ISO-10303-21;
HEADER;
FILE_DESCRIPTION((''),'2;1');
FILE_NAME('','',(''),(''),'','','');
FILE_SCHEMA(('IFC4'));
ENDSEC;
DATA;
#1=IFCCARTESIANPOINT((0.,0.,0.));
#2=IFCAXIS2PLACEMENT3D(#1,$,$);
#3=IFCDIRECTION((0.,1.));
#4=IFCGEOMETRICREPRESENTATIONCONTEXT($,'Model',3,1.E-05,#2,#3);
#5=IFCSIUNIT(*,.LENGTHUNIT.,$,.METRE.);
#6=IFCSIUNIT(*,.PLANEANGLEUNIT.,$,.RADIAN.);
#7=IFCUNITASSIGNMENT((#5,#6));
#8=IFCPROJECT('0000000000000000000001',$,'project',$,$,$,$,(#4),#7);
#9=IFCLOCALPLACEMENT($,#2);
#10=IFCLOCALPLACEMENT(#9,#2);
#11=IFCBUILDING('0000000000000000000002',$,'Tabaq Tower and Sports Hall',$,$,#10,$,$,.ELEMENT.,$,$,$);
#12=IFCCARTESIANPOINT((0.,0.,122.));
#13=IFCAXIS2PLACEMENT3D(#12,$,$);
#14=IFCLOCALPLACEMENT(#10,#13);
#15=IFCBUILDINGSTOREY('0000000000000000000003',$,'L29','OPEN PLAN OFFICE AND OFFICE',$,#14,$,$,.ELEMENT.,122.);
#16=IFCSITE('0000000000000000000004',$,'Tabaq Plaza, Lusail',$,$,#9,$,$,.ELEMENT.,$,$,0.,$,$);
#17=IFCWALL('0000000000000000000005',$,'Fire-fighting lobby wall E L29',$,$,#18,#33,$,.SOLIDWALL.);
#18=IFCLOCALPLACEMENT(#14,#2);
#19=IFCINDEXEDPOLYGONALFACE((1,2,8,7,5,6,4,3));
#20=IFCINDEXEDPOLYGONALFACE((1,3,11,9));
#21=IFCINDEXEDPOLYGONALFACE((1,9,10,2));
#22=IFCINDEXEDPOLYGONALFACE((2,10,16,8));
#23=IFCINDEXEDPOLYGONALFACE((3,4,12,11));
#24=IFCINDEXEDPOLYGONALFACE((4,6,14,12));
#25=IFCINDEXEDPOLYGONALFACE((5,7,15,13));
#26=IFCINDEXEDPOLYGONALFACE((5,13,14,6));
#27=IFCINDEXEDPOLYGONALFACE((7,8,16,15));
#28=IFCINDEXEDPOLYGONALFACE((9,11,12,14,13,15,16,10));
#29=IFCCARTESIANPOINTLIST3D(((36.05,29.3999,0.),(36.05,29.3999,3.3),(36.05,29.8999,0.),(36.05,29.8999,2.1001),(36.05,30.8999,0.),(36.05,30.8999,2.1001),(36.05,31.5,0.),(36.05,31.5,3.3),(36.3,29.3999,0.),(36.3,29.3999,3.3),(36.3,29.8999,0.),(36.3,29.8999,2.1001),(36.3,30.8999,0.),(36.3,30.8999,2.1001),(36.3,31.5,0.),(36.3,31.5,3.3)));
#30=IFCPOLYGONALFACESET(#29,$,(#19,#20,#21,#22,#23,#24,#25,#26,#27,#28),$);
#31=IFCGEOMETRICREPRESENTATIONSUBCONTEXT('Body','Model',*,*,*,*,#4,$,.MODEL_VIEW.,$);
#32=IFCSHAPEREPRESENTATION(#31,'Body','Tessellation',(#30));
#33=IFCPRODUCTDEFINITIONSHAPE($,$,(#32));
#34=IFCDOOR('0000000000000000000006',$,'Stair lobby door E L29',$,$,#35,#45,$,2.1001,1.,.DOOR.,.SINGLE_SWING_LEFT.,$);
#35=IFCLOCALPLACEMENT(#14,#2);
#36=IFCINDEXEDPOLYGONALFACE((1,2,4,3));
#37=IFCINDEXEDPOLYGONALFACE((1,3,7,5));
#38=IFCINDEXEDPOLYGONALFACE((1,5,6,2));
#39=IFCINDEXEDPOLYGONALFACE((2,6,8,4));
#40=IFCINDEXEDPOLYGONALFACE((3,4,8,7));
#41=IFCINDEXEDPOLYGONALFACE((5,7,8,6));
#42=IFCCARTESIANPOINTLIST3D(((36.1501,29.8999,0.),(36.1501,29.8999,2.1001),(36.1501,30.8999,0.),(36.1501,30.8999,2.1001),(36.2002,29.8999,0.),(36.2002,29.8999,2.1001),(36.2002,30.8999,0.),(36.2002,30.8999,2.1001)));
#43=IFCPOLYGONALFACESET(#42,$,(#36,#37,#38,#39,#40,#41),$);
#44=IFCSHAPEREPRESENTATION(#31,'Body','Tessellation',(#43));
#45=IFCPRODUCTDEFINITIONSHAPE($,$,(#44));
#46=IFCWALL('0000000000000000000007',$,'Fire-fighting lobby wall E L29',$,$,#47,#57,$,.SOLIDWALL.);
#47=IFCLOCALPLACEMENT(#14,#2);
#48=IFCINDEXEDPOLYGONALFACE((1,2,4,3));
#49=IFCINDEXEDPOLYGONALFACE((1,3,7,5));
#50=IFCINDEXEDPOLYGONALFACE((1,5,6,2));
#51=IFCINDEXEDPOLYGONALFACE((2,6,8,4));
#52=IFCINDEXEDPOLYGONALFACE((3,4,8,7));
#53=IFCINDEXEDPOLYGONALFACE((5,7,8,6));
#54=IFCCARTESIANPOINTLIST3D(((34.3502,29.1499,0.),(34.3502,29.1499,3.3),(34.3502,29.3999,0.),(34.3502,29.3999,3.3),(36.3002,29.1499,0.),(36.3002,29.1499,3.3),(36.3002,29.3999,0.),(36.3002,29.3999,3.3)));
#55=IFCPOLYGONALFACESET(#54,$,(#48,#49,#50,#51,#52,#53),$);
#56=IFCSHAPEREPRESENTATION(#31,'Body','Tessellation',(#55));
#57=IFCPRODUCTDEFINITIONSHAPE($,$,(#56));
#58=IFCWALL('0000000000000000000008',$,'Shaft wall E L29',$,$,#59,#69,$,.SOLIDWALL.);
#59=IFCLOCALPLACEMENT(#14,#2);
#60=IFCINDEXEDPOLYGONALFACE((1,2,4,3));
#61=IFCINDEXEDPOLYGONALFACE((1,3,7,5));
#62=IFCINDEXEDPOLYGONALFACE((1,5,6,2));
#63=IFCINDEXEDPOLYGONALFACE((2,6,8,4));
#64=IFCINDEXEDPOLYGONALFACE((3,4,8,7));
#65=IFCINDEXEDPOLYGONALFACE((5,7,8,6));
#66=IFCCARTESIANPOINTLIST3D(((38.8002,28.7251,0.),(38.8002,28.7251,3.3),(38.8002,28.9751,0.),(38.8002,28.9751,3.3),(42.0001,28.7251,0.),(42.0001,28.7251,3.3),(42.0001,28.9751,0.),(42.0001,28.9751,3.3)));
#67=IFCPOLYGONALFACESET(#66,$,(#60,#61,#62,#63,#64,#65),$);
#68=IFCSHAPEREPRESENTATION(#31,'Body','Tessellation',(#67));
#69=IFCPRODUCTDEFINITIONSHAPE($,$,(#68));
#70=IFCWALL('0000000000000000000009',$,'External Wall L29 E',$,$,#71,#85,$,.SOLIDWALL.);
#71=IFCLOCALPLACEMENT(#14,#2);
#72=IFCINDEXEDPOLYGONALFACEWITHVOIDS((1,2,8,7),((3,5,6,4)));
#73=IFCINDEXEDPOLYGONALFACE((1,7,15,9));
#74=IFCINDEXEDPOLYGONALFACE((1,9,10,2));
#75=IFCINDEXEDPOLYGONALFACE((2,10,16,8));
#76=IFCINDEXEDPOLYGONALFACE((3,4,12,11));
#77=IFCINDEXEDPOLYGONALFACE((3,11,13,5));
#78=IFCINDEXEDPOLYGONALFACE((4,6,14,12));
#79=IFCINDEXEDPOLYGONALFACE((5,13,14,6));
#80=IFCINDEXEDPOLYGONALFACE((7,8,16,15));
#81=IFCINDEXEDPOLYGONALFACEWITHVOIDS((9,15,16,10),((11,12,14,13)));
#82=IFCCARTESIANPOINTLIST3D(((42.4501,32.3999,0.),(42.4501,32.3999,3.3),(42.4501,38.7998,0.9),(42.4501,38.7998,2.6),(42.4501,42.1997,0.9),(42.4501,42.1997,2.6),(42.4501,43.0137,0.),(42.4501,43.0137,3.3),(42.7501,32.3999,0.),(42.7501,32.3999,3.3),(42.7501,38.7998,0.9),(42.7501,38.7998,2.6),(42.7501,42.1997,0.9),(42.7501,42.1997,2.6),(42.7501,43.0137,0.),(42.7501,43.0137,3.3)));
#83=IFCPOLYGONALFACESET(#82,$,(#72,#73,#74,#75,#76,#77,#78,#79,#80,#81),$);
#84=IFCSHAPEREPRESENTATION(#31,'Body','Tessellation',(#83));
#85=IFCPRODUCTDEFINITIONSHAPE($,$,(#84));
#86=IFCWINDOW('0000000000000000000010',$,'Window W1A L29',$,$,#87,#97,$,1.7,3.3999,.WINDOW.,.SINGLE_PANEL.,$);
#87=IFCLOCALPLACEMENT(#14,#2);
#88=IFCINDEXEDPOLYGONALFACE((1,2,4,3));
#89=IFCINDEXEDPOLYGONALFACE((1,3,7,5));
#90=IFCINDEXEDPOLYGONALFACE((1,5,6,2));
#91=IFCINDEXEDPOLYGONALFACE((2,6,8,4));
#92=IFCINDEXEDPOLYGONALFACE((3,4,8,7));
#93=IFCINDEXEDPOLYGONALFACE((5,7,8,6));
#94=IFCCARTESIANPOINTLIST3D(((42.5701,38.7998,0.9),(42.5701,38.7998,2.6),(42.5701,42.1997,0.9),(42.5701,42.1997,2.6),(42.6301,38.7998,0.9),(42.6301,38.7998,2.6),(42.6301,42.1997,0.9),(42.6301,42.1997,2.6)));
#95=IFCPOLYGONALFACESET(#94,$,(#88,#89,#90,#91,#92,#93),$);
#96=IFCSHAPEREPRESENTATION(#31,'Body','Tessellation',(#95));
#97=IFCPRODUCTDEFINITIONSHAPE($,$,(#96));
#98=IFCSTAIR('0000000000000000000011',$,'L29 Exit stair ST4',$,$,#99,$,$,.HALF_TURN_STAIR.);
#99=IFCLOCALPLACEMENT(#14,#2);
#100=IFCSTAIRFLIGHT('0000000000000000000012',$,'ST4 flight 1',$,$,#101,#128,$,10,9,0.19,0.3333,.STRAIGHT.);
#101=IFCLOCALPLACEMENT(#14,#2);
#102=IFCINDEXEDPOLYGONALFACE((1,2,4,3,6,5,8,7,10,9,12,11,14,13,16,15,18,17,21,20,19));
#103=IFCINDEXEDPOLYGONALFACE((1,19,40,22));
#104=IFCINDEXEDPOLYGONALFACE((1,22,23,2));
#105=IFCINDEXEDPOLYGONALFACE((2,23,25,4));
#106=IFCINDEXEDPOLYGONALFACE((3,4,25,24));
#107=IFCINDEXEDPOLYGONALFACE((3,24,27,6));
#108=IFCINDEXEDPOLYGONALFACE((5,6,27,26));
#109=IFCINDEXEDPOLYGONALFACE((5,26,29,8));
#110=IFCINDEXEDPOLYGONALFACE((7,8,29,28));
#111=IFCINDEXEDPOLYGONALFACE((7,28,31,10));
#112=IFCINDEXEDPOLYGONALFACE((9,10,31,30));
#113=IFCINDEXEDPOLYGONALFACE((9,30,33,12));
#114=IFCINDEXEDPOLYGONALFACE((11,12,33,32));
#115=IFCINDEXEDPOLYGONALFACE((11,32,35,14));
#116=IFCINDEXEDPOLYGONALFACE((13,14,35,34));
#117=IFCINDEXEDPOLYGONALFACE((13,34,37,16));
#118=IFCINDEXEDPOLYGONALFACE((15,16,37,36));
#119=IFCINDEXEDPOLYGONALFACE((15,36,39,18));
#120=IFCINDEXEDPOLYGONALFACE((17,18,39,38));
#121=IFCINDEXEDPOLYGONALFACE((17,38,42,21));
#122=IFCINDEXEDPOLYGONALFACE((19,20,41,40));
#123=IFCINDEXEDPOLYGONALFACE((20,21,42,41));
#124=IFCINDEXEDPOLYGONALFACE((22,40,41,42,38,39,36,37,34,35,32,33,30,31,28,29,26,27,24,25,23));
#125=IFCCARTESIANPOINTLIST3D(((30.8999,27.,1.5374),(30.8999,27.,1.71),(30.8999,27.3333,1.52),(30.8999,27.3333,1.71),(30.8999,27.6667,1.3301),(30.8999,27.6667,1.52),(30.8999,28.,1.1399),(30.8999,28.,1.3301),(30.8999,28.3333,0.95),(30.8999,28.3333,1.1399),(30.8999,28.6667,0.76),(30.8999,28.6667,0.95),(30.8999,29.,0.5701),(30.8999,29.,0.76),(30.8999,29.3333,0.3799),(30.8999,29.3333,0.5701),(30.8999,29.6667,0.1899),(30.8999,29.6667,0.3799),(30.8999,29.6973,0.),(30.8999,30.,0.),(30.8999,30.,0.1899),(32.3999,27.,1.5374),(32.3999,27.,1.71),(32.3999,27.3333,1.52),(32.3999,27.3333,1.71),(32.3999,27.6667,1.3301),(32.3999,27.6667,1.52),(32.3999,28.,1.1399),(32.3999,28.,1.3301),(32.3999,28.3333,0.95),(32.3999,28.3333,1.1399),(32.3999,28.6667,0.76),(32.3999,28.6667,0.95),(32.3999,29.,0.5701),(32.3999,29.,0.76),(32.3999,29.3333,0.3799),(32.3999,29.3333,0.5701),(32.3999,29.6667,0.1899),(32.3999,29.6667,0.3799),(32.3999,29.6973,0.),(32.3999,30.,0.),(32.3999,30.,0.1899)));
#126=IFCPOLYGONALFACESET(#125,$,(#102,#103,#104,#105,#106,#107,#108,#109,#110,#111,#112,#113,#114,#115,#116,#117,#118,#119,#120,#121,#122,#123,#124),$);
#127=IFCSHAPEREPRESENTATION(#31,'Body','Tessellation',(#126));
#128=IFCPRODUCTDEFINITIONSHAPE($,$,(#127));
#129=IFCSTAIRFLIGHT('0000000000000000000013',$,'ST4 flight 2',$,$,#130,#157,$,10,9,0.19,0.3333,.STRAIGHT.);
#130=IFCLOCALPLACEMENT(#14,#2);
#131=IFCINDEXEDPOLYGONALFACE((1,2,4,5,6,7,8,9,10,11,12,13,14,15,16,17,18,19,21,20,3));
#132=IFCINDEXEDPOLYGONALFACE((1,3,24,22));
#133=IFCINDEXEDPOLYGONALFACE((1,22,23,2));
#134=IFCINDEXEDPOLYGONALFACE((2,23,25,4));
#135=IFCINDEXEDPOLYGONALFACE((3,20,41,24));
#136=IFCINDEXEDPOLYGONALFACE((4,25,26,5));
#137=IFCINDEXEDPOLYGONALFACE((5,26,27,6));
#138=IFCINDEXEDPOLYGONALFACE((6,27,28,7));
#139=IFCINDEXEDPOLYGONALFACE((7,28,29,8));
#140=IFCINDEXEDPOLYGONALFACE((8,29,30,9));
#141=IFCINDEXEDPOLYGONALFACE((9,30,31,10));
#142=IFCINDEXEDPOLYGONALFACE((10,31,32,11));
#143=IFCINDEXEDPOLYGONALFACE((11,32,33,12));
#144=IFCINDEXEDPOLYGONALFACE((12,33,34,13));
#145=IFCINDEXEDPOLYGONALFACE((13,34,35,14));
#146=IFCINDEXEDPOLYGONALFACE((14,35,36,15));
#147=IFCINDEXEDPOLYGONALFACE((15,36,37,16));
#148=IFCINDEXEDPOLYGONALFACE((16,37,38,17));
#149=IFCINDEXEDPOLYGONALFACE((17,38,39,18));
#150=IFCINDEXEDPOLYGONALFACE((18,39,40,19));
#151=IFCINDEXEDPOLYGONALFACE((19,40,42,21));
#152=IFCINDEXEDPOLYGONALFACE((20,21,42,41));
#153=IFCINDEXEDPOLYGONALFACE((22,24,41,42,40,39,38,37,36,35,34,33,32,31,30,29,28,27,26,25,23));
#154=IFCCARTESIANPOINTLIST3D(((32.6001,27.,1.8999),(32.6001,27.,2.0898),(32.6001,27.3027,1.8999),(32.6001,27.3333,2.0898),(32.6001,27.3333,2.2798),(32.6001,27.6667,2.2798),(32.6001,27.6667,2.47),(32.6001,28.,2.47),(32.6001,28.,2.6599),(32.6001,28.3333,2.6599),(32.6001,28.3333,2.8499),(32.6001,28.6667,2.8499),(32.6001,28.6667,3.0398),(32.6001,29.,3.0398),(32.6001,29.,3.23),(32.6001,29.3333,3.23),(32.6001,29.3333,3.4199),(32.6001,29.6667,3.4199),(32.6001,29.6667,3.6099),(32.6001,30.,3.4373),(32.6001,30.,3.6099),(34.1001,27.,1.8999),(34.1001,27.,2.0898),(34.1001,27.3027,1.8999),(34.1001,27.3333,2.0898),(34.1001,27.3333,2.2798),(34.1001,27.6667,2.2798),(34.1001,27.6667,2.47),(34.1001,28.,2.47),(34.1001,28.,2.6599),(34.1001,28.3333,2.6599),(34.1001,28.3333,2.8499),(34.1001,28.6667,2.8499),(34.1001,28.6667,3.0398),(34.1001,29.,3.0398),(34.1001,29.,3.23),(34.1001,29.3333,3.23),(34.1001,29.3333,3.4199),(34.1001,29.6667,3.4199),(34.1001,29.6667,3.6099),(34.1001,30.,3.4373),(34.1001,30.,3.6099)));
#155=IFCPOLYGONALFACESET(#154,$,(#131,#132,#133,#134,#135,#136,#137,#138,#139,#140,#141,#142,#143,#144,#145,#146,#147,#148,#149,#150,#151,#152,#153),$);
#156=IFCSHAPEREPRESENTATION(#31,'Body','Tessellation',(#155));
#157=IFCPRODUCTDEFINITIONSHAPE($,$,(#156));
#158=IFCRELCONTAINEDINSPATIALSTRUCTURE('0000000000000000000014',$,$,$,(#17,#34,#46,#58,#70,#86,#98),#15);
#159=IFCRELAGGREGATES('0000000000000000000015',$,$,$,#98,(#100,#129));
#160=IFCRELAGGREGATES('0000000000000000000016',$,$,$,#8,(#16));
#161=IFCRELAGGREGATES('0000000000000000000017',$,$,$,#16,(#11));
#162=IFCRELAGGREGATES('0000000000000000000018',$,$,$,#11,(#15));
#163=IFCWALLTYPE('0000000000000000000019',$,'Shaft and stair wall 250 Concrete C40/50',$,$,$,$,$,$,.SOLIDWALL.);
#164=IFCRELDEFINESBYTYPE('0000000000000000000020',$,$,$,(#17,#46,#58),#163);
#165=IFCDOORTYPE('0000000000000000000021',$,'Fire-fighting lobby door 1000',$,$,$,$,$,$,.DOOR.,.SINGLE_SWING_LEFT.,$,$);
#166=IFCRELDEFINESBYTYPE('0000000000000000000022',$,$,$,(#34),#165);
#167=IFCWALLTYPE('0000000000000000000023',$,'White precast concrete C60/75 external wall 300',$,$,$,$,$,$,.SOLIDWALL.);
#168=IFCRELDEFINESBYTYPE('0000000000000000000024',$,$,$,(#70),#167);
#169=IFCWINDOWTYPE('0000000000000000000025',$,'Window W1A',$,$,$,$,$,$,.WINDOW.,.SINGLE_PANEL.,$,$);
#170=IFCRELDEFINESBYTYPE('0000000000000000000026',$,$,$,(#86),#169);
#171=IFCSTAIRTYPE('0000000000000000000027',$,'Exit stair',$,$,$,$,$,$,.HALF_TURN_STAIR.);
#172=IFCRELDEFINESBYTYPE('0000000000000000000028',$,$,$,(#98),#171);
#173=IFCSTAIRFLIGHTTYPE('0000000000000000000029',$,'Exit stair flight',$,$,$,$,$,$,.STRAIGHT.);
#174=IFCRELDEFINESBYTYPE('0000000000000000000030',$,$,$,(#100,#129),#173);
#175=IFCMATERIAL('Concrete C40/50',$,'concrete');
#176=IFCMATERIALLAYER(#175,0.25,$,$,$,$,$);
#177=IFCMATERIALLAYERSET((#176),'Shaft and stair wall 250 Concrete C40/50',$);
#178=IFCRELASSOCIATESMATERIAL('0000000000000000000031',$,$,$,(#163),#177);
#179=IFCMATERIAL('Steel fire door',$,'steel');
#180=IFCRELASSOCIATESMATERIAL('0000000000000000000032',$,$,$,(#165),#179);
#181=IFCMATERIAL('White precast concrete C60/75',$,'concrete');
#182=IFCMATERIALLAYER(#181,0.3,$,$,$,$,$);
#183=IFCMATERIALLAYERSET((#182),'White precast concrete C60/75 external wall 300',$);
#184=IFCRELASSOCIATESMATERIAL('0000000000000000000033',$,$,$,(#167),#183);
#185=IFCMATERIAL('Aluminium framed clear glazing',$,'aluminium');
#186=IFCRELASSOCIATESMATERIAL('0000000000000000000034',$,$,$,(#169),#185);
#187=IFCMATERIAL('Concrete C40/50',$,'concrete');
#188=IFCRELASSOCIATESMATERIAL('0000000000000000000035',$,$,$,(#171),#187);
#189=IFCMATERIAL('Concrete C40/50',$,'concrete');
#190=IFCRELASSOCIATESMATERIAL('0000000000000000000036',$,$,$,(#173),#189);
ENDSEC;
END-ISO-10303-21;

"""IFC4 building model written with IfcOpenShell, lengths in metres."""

from ifc_helpers import new_model, si_unit, direction, frame, frame_2d, origin, place, context, subcontext, project, spatial, polyline, rectangle, outline, extrude, material, layer, layer_set, type_object, element, fill, aggregate, save


model = new_model("IFC4")

# Units and contexts
model_context = context("Model", 3, precision=1e-05, world=origin(), true_north=direction((0.0, 1.0)))
body_context = subcontext(model_context, "Body", "Model", "MODEL_VIEW")
ifc_project = project(units=[si_unit("LENGTHUNIT", "METRE"), si_unit("PLANEANGLEUNIT", "RADIAN")], contexts=[model_context])

# Site, building, storey
site_placement = place(None, origin())
site = spatial("IfcSite", under=ifc_project, at=site_placement, Name="Tabaq Plaza, Lusail", CompositionType="ELEMENT", RefElevation=0.0)
building_placement = place(site_placement, origin())
building = spatial("IfcBuilding", under=site, at=building_placement, Name="Tabaq Tower and Sports Hall", CompositionType="ELEMENT")
storey_placement = place(building_placement, frame((0.0, 0.0, 122.0)))
storey = spatial("IfcBuildingStorey", under=building, at=storey_placement, Name="L29", Description="OPEN PLAN OFFICE AND OFFICE", CompositionType="ELEMENT", Elevation=122.0)

# Shared definitions
ifc_material_1 = material(Name="Concrete C40/50", Category="concrete")
ifc_layer_1 = layer(ifc_material_1, 0.25)
ifc_layer_set_1 = layer_set([ifc_layer_1], Name="Shaft and stair wall 250 Concrete C40/50")
wall_type_1 = type_object("IfcWallType", Name="Shaft and stair wall 250 Concrete C40/50", PredefinedType="SOLIDWALL", material=ifc_layer_set_1)

# Wall, opening, door
wall_1_placement = place(storey_placement, frame((36.175, 29.3999, 0.0), z_axis=(0.0, 0.0, 1.0), x_axis=(0.0, 1.0, 0.0)))
wall_1 = element("IfcWall", 1, at=wall_1_placement, inside=storey, type_object=wall_type_1, Name="Fire-fighting lobby wall E L29", PredefinedType="SOLIDWALL", context=body_context, shape_type="SweptSolid", body=[
    extrude(rectangle(XDim=2.1001, YDim=0.25, at=frame_2d((1.05, 0.0))), origin(), (0.0, 0.0, 1.0), 3.3),
])
opening_1_placement = place(wall_1_placement, frame((0.5, 0.0, 0.0)))
opening_1 = element("IfcOpeningElement", 2, at=opening_1_placement, cuts=wall_1, PredefinedType="OPENING", context=body_context, shape_type="SweptSolid", body=[
    extrude(rectangle(XDim=1.0, YDim=2.1001, at=frame_2d((0.5, 1.05))), frame((0.0, 0.125, 0.0), z_axis=(0.0, -1.0, 0.0), x_axis=(1.0, 0.0, 0.0)), (0.0, 0.0, 1.0), 0.25),
])
ifc_material_2 = material(Name="Steel fire door", Category="steel")
door_type_1 = type_object("IfcDoorType", Name="Fire-fighting lobby door 1000", OperationType="SINGLE_SWING_LEFT", PredefinedType="DOOR", material=ifc_material_2)
door_1_placement = place(opening_1_placement, origin())
door_1 = element("IfcDoor", 3, at=door_1_placement, inside=storey, type_object=door_type_1, Name="Stair lobby door E L29", OperationType="SINGLE_SWING_LEFT", OverallHeight=2.1001, OverallWidth=1.0, PredefinedType="DOOR", context=body_context, shape_type="SweptSolid", body=[
    extrude(rectangle(XDim=1.0, YDim=2.1001, at=frame_2d((0.5, 1.05))), frame((0.0, 0.0249, 0.0), z_axis=(0.0, -1.0, 0.0), x_axis=(1.0, 0.0, 0.0)), (0.0, 0.0, 1.0), 0.05),
])
fill(opening_1, door_1)

# Walls
wall_2_placement = place(storey_placement, frame((34.3501, 29.2749, 0.0), z_axis=(0.0, 0.0, 1.0), x_axis=(1.0, 0.0, 0.0)))
element("IfcWall", 4, at=wall_2_placement, inside=storey, type_object=wall_type_1, Name="Fire-fighting lobby wall E L29", PredefinedType="SOLIDWALL", context=body_context, shape_type="SweptSolid", body=[
    extrude(rectangle(XDim=1.95, YDim=0.25, at=frame_2d((0.9751, 0.0))), origin(), (0.0, 0.0, 1.0), 3.3),
])
wall_3_placement = place(storey_placement, frame((38.8, 28.8501, 0.0), z_axis=(0.0, 0.0, 1.0), x_axis=(1.0, 0.0, 0.0)))
element("IfcWall", 5, at=wall_3_placement, inside=storey, type_object=wall_type_1, Name="Shaft wall E L29", PredefinedType="SOLIDWALL", context=body_context, shape_type="SweptSolid", body=[
    extrude(rectangle(XDim=3.2, YDim=0.25, at=frame_2d((1.6001, 0.0))), origin(), (0.0, 0.0, 1.0), 3.3),
])

# Wall, opening, window
ifc_material_3 = material(Name="White precast concrete C60/75", Category="concrete")
ifc_layer_2 = layer(ifc_material_3, 0.3)
ifc_layer_set_2 = layer_set([ifc_layer_2], Name="White precast concrete C60/75 external wall 300")
wall_type_2 = type_object("IfcWallType", Name="White precast concrete C60/75 external wall 300", PredefinedType="SOLIDWALL", material=ifc_layer_set_2)
wall_4_placement = place(storey_placement, frame((42.6001, 32.3999, 0.0), z_axis=(0.0, 0.0, 1.0), x_axis=(0.0, 1.0, 0.0)))
wall_4 = element("IfcWall", 6, at=wall_4_placement, inside=storey, type_object=wall_type_2, Name="External Wall L29 E", PredefinedType="SOLIDWALL", context=body_context, shape_type="SweptSolid", body=[
    extrude(rectangle(XDim=10.6138, YDim=0.3, at=frame_2d((5.3069, 0.0))), origin(), (0.0, 0.0, 1.0), 3.3),
])
opening_2_placement = place(wall_4_placement, frame((6.3999, 0.0, 0.8999)))
opening_2 = element("IfcOpeningElement", 7, at=opening_2_placement, cuts=wall_4, PredefinedType="OPENING", context=body_context, shape_type="SweptSolid", body=[
    extrude(rectangle(XDim=3.3999, YDim=1.7, at=frame_2d((1.7, 0.8501))), frame((0.0, 0.1602, 0.0), z_axis=(0.0, -1.0, 0.0), x_axis=(1.0, 0.0, 0.0)), (0.0, 0.0, 1.0), 0.3201),
])
ifc_material_4 = material(Name="Aluminium framed clear glazing", Category="aluminium")
window_type = type_object("IfcWindowType", Name="Window W1A", PartitioningType="SINGLE_PANEL", PredefinedType="WINDOW", material=ifc_material_4)
window_placement = place(opening_2_placement, origin())
window = element("IfcWindow", 8, at=window_placement, inside=storey, type_object=window_type, Name="Window W1A L29", OverallHeight=1.7, OverallWidth=3.3999, PartitioningType="SINGLE_PANEL", PredefinedType="WINDOW", context=body_context, shape_type="SweptSolid", body=[
    extrude(rectangle(XDim=3.3999, YDim=1.7, at=frame_2d((1.7, 0.8501))), frame((0.0, 0.03, 0.0), z_axis=(0.0, -1.0, 0.0), x_axis=(1.0, 0.0, 0.0)), (0.0, 0.0, 1.0), 0.0601),
])
fill(opening_2, window)

# Stair, stair flights
ifc_material_5 = material(Name="Concrete C40/50", Category="concrete")
stair_type = type_object("IfcStairType", Name="Exit stair", PredefinedType="HALF_TURN_STAIR", material=ifc_material_5)
stair_placement = place(storey_placement, origin())
stair = element("IfcStair", 9, at=stair_placement, inside=storey, type_object=stair_type, Name="L29 Exit stair ST4", PredefinedType="HALF_TURN_STAIR")
ifc_material_6 = material(Name="Concrete C40/50", Category="concrete")
stair_flight_type = type_object("IfcStairFlightType", Name="Exit stair flight", PredefinedType="STRAIGHT", material=ifc_material_6)
stair_flight_1_placement = place(storey_placement, frame((31.6499, 30.0, 0.0), z_axis=(0.0, 0.0, 1.0), x_axis=(0.0, -1.0, 0.0)))
stair_flight_1 = element("IfcStairFlight", 10, at=stair_flight_1_placement, type_object=stair_flight_type, Name="ST4 flight 1", NumberOfRisers=10, NumberOfTreads=9, PredefinedType="STRAIGHT", RiserHeight=0.19, TreadLength=0.3333, context=body_context, shape_type="SweptSolid", body=[
    extrude(outline(polyline([(0.0, 0.0), (0.0, 0.1899), (0.3333, 0.1899), (0.3333, 0.3799), (0.6667, 0.3799), (0.6667, 0.5701), (1.0, 0.5701), (1.0, 0.76), (1.3333, 0.76), (1.3333, 0.95), (1.6667, 0.95), (1.6667, 1.1399), (2.0, 1.1399), (2.0, 1.3301), (2.3333, 1.3301), (2.3333, 1.52), (2.6667, 1.52), (2.6667, 1.71), (3.0, 1.71), (3.0, 1.8999), (3.0, 1.5374), (0.3027, 0.0), (0.0, 0.0)])), frame((0.0, 0.75, 0.0), z_axis=(0.0, -1.0, 0.0), x_axis=(1.0, 0.0, 0.0)), (0.0, 0.0, 1.0), 1.5),
])
stair_flight_2_placement = place(storey_placement, frame((33.3501, 27.0, 1.8999), z_axis=(0.0, 0.0, 1.0), x_axis=(0.0, 1.0, 0.0)))
stair_flight_2 = element("IfcStairFlight", 11, at=stair_flight_2_placement, type_object=stair_flight_type, Name="ST4 flight 2", NumberOfRisers=10, NumberOfTreads=9, PredefinedType="STRAIGHT", RiserHeight=0.19, TreadLength=0.3333, context=body_context, shape_type="SweptSolid", body=[
    extrude(outline(polyline([(0.0, 0.0), (0.0, 0.1899), (0.3333, 0.1899), (0.3333, 0.3799), (0.6667, 0.3799), (0.6667, 0.5701), (1.0, 0.5701), (1.0, 0.76), (1.3333, 0.76), (1.3333, 0.95), (1.6667, 0.95), (1.6667, 1.1399), (2.0, 1.1399), (2.0, 1.3301), (2.3333, 1.3301), (2.3333, 1.52), (2.6667, 1.52), (2.6667, 1.71), (3.0, 1.71), (3.0, 1.8999), (3.0, 1.5374), (0.3027, 0.0), (0.0, 0.0)])), frame((0.0, 0.75, 0.0), z_axis=(0.0, -1.0, 0.0), x_axis=(1.0, 0.0, 0.0)), (0.0, 0.0, 1.0), 1.5),
])
aggregate(stair, [stair_flight_1, stair_flight_2])

save(model, "model.ifc")
